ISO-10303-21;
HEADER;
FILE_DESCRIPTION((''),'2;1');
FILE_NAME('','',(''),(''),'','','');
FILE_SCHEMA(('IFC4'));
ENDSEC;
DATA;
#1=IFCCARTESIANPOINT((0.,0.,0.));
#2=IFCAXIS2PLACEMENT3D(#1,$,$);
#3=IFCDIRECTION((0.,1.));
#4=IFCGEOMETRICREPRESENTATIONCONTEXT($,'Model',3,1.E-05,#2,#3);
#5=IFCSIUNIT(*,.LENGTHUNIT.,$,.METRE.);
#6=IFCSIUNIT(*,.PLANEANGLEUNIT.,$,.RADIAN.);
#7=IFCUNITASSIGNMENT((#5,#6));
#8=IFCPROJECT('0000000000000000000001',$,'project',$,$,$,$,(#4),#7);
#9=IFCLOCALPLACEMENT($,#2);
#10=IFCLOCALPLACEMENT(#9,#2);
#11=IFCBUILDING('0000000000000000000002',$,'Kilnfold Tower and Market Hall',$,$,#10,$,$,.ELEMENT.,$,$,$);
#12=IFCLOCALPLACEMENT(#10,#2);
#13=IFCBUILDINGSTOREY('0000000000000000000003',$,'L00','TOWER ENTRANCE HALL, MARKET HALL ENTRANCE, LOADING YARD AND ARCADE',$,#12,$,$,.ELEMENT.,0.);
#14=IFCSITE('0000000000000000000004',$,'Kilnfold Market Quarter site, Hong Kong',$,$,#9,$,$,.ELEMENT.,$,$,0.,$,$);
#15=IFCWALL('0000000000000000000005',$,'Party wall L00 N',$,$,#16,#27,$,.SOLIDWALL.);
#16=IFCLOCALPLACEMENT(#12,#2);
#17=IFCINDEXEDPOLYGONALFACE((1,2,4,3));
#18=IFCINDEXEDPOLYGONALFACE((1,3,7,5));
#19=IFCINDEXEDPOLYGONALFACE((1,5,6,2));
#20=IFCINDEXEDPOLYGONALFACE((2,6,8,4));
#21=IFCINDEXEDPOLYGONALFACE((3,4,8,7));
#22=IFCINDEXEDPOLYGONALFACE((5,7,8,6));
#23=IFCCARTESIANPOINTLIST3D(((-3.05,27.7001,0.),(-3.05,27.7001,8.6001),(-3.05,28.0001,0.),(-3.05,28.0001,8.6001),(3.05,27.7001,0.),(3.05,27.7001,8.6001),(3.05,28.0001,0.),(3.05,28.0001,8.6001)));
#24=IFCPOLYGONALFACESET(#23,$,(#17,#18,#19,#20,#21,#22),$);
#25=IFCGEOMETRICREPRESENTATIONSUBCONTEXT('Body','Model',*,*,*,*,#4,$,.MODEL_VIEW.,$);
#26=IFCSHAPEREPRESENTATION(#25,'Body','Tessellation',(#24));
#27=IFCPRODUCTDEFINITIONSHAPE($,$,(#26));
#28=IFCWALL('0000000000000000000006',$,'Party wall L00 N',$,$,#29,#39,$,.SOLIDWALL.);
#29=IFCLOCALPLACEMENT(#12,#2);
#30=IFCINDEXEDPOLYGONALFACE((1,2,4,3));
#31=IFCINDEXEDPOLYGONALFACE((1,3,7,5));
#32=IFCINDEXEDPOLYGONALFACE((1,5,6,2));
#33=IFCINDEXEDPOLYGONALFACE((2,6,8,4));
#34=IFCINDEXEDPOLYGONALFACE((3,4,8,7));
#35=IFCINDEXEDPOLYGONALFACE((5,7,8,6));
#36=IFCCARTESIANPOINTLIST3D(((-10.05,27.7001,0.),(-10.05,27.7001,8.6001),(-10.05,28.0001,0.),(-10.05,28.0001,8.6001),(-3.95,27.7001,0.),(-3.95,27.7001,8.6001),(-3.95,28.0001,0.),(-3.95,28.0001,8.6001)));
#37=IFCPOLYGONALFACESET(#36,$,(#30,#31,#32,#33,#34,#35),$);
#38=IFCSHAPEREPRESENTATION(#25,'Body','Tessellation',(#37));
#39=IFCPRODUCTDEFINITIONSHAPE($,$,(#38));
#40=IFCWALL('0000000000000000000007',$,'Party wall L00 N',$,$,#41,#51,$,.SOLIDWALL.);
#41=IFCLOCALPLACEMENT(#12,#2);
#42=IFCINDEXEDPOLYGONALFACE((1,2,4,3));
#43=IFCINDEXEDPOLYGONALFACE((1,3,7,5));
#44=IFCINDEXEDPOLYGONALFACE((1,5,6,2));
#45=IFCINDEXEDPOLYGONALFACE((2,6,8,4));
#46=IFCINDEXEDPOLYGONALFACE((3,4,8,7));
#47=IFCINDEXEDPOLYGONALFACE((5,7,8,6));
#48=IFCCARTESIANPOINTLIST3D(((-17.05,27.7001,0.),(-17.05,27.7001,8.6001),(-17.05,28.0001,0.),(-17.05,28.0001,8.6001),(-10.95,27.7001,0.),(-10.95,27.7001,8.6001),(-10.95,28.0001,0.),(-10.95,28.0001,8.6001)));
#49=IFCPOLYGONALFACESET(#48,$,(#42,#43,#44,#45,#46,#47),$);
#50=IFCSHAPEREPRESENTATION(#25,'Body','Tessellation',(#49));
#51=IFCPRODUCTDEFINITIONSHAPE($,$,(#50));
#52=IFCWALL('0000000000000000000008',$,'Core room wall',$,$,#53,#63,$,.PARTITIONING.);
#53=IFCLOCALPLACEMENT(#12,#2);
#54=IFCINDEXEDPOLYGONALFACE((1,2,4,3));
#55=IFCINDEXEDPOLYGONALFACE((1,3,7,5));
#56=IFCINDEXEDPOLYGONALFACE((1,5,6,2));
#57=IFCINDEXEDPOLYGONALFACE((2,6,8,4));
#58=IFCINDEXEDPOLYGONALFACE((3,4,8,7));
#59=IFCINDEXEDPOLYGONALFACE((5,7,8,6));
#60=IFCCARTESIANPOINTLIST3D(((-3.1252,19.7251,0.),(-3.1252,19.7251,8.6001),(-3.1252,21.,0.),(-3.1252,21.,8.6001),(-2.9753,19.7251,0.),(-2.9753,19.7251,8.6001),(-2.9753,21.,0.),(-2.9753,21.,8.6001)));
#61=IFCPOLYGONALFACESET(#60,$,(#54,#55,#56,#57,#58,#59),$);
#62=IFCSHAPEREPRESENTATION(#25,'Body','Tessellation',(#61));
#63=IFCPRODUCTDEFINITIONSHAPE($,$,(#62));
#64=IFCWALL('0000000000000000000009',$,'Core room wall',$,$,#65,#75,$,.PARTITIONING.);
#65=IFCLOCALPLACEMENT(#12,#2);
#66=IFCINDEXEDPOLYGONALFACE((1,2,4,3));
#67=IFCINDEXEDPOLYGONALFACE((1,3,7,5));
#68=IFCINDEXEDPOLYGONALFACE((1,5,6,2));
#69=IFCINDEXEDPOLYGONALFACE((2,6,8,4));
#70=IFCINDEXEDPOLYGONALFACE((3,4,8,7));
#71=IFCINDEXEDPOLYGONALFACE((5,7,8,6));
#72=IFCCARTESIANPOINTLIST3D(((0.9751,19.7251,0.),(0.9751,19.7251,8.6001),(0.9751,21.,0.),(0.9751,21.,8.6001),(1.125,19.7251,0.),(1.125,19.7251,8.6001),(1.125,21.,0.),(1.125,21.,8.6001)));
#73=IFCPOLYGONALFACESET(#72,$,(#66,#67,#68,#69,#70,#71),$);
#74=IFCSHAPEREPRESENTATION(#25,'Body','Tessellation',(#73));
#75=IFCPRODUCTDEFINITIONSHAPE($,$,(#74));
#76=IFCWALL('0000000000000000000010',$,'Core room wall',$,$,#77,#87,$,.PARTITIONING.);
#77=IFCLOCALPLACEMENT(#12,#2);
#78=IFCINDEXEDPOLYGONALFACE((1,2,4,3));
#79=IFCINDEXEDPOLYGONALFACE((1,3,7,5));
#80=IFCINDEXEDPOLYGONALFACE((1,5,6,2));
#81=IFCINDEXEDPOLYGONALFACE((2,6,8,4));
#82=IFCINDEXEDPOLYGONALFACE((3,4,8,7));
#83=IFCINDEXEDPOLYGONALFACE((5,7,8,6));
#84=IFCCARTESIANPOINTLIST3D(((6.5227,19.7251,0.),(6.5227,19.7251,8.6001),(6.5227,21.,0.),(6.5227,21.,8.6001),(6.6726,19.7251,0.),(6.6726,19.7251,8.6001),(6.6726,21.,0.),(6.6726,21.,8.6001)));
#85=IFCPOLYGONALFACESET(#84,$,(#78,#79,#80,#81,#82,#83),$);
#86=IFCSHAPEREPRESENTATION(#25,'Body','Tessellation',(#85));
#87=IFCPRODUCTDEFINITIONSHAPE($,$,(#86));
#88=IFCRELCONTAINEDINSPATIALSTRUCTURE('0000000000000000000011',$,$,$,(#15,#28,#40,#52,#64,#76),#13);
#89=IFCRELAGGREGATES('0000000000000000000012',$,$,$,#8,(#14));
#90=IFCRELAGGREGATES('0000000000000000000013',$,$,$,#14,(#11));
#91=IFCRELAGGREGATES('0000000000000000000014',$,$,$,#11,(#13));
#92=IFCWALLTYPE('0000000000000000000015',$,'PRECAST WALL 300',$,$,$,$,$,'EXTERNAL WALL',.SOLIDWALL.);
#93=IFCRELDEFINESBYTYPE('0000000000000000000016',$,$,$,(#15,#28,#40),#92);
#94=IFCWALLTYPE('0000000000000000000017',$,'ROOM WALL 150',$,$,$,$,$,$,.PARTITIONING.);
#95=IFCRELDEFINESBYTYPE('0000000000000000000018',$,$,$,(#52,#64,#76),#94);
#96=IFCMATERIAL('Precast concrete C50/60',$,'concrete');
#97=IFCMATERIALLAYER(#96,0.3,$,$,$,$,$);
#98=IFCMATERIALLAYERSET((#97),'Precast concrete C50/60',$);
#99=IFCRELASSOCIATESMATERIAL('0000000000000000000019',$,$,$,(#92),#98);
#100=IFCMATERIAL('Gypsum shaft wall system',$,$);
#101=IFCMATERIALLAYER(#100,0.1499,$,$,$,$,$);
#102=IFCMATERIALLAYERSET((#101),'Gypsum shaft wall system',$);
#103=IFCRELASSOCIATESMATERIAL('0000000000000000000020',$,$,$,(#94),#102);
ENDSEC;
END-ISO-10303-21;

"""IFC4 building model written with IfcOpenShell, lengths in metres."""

from ifc_helpers import new_model, si_unit, direction, frame, frame_2d, origin, place, context, subcontext, project, spatial, rectangle, extrude, source, transform, mapped, material, layer, layer_set, type_object, element, save


model = new_model("IFC4")

# Units and contexts
model_context = context("Model", 3, precision=1e-05, world=origin(), true_north=direction((0.0, 1.0)))
body_context = subcontext(model_context, "Body", "Model", "MODEL_VIEW")
ifc_project = project(units=[si_unit("LENGTHUNIT", "METRE"), si_unit("PLANEANGLEUNIT", "RADIAN")], contexts=[model_context])

# Site, building, storey
site_placement = place(None, origin())
site = spatial("IfcSite", under=ifc_project, at=site_placement, Name="Kilnfold Market Quarter site, Hong Kong", CompositionType="ELEMENT", RefElevation=0.0)
building_placement = place(site_placement, origin())
building = spatial("IfcBuilding", under=site, at=building_placement, Name="Kilnfold Tower and Market Hall", CompositionType="ELEMENT")
storey_placement = place(building_placement, origin())
storey = spatial("IfcBuildingStorey", under=building, at=storey_placement, Name="L00", Description="TOWER ENTRANCE HALL, MARKET HALL ENTRANCE, LOADING YARD AND ARCADE", CompositionType="ELEMENT", Elevation=0.0)

# Walls
ifc_material_1 = material(Name="Precast concrete C50/60", Category="concrete")
ifc_layer_1 = layer(ifc_material_1, 0.3)
ifc_layer_set_1 = layer_set([ifc_layer_1], Name="Precast concrete C50/60")
wall_type_1 = type_object("IfcWallType", Name="PRECAST WALL 300", ElementType="EXTERNAL WALL", PredefinedType="SOLIDWALL", material=ifc_layer_set_1)
shared_shape_1 = source(origin(), body_context, "Body", "SweptSolid", [
    extrude(rectangle(XDim=6.1001, YDim=0.3, at=frame_2d((3.05, 0.0))), origin(), (0.0, 0.0, 1.0), 8.6001),
])
for number, where, z_axis, x_axis, name in (
    (1, (3.05, 27.8501, 0.0), (0.0, 0.0, 1.0), (-1.0, 0.0, 0.0), "Party wall L00 N"),
    (2, (-3.95, 27.8501, 0.0), (0.0, 0.0, 1.0), (-1.0, 0.0, 0.0), "Party wall L00 N"),
    (3, (-10.95, 27.8501, 0.0), (0.0, 0.0, 1.0), (-1.0, 0.0, 0.0), "Party wall L00 N"),
):
    element("IfcWall", number, at=place(storey_placement, frame(where, z_axis=z_axis, x_axis=x_axis)), inside=storey, type_object=wall_type_1, Name=name, PredefinedType="SOLIDWALL", context=body_context, shape_type="MappedRepresentation", body=[
        mapped(shared_shape_1, transform((0.0, 0.0, 0.0))),
    ])
ifc_material_2 = material(Name="Gypsum shaft wall system")
ifc_layer_2 = layer(ifc_material_2, 0.1499)
ifc_layer_set_2 = layer_set([ifc_layer_2], Name="Gypsum shaft wall system")
wall_type_2 = type_object("IfcWallType", Name="ROOM WALL 150", PredefinedType="PARTITIONING", material=ifc_layer_set_2)
shared_shape_2 = source(origin(), body_context, "Body", "SweptSolid", [
    extrude(rectangle(XDim=1.2749, YDim=0.1499, at=frame_2d((0.6375, 0.0))), origin(), (0.0, 0.0, 1.0), 8.6001),
])
for number, where, z_axis, x_axis, name in (
    (4, (-3.0503, 19.7251, 0.0), (0.0, 0.0, 1.0), (0.0, 1.0, 0.0), "Core room wall"),
    (5, (1.05, 19.7251, 0.0), (0.0, 0.0, 1.0), (0.0, 1.0, 0.0), "Core room wall"),
    (6, (6.5977, 19.7251, 0.0), (0.0, 0.0, 1.0), (0.0, 1.0, 0.0), "Core room wall"),
):
    element("IfcWall", number, at=place(storey_placement, frame(where, z_axis=z_axis, x_axis=x_axis)), inside=storey, type_object=wall_type_2, Name=name, PredefinedType="PARTITIONING", context=body_context, shape_type="MappedRepresentation", body=[
        mapped(shared_shape_2, transform((0.0, 0.0, 0.0))),
    ])

save(model, "model.ifc")
